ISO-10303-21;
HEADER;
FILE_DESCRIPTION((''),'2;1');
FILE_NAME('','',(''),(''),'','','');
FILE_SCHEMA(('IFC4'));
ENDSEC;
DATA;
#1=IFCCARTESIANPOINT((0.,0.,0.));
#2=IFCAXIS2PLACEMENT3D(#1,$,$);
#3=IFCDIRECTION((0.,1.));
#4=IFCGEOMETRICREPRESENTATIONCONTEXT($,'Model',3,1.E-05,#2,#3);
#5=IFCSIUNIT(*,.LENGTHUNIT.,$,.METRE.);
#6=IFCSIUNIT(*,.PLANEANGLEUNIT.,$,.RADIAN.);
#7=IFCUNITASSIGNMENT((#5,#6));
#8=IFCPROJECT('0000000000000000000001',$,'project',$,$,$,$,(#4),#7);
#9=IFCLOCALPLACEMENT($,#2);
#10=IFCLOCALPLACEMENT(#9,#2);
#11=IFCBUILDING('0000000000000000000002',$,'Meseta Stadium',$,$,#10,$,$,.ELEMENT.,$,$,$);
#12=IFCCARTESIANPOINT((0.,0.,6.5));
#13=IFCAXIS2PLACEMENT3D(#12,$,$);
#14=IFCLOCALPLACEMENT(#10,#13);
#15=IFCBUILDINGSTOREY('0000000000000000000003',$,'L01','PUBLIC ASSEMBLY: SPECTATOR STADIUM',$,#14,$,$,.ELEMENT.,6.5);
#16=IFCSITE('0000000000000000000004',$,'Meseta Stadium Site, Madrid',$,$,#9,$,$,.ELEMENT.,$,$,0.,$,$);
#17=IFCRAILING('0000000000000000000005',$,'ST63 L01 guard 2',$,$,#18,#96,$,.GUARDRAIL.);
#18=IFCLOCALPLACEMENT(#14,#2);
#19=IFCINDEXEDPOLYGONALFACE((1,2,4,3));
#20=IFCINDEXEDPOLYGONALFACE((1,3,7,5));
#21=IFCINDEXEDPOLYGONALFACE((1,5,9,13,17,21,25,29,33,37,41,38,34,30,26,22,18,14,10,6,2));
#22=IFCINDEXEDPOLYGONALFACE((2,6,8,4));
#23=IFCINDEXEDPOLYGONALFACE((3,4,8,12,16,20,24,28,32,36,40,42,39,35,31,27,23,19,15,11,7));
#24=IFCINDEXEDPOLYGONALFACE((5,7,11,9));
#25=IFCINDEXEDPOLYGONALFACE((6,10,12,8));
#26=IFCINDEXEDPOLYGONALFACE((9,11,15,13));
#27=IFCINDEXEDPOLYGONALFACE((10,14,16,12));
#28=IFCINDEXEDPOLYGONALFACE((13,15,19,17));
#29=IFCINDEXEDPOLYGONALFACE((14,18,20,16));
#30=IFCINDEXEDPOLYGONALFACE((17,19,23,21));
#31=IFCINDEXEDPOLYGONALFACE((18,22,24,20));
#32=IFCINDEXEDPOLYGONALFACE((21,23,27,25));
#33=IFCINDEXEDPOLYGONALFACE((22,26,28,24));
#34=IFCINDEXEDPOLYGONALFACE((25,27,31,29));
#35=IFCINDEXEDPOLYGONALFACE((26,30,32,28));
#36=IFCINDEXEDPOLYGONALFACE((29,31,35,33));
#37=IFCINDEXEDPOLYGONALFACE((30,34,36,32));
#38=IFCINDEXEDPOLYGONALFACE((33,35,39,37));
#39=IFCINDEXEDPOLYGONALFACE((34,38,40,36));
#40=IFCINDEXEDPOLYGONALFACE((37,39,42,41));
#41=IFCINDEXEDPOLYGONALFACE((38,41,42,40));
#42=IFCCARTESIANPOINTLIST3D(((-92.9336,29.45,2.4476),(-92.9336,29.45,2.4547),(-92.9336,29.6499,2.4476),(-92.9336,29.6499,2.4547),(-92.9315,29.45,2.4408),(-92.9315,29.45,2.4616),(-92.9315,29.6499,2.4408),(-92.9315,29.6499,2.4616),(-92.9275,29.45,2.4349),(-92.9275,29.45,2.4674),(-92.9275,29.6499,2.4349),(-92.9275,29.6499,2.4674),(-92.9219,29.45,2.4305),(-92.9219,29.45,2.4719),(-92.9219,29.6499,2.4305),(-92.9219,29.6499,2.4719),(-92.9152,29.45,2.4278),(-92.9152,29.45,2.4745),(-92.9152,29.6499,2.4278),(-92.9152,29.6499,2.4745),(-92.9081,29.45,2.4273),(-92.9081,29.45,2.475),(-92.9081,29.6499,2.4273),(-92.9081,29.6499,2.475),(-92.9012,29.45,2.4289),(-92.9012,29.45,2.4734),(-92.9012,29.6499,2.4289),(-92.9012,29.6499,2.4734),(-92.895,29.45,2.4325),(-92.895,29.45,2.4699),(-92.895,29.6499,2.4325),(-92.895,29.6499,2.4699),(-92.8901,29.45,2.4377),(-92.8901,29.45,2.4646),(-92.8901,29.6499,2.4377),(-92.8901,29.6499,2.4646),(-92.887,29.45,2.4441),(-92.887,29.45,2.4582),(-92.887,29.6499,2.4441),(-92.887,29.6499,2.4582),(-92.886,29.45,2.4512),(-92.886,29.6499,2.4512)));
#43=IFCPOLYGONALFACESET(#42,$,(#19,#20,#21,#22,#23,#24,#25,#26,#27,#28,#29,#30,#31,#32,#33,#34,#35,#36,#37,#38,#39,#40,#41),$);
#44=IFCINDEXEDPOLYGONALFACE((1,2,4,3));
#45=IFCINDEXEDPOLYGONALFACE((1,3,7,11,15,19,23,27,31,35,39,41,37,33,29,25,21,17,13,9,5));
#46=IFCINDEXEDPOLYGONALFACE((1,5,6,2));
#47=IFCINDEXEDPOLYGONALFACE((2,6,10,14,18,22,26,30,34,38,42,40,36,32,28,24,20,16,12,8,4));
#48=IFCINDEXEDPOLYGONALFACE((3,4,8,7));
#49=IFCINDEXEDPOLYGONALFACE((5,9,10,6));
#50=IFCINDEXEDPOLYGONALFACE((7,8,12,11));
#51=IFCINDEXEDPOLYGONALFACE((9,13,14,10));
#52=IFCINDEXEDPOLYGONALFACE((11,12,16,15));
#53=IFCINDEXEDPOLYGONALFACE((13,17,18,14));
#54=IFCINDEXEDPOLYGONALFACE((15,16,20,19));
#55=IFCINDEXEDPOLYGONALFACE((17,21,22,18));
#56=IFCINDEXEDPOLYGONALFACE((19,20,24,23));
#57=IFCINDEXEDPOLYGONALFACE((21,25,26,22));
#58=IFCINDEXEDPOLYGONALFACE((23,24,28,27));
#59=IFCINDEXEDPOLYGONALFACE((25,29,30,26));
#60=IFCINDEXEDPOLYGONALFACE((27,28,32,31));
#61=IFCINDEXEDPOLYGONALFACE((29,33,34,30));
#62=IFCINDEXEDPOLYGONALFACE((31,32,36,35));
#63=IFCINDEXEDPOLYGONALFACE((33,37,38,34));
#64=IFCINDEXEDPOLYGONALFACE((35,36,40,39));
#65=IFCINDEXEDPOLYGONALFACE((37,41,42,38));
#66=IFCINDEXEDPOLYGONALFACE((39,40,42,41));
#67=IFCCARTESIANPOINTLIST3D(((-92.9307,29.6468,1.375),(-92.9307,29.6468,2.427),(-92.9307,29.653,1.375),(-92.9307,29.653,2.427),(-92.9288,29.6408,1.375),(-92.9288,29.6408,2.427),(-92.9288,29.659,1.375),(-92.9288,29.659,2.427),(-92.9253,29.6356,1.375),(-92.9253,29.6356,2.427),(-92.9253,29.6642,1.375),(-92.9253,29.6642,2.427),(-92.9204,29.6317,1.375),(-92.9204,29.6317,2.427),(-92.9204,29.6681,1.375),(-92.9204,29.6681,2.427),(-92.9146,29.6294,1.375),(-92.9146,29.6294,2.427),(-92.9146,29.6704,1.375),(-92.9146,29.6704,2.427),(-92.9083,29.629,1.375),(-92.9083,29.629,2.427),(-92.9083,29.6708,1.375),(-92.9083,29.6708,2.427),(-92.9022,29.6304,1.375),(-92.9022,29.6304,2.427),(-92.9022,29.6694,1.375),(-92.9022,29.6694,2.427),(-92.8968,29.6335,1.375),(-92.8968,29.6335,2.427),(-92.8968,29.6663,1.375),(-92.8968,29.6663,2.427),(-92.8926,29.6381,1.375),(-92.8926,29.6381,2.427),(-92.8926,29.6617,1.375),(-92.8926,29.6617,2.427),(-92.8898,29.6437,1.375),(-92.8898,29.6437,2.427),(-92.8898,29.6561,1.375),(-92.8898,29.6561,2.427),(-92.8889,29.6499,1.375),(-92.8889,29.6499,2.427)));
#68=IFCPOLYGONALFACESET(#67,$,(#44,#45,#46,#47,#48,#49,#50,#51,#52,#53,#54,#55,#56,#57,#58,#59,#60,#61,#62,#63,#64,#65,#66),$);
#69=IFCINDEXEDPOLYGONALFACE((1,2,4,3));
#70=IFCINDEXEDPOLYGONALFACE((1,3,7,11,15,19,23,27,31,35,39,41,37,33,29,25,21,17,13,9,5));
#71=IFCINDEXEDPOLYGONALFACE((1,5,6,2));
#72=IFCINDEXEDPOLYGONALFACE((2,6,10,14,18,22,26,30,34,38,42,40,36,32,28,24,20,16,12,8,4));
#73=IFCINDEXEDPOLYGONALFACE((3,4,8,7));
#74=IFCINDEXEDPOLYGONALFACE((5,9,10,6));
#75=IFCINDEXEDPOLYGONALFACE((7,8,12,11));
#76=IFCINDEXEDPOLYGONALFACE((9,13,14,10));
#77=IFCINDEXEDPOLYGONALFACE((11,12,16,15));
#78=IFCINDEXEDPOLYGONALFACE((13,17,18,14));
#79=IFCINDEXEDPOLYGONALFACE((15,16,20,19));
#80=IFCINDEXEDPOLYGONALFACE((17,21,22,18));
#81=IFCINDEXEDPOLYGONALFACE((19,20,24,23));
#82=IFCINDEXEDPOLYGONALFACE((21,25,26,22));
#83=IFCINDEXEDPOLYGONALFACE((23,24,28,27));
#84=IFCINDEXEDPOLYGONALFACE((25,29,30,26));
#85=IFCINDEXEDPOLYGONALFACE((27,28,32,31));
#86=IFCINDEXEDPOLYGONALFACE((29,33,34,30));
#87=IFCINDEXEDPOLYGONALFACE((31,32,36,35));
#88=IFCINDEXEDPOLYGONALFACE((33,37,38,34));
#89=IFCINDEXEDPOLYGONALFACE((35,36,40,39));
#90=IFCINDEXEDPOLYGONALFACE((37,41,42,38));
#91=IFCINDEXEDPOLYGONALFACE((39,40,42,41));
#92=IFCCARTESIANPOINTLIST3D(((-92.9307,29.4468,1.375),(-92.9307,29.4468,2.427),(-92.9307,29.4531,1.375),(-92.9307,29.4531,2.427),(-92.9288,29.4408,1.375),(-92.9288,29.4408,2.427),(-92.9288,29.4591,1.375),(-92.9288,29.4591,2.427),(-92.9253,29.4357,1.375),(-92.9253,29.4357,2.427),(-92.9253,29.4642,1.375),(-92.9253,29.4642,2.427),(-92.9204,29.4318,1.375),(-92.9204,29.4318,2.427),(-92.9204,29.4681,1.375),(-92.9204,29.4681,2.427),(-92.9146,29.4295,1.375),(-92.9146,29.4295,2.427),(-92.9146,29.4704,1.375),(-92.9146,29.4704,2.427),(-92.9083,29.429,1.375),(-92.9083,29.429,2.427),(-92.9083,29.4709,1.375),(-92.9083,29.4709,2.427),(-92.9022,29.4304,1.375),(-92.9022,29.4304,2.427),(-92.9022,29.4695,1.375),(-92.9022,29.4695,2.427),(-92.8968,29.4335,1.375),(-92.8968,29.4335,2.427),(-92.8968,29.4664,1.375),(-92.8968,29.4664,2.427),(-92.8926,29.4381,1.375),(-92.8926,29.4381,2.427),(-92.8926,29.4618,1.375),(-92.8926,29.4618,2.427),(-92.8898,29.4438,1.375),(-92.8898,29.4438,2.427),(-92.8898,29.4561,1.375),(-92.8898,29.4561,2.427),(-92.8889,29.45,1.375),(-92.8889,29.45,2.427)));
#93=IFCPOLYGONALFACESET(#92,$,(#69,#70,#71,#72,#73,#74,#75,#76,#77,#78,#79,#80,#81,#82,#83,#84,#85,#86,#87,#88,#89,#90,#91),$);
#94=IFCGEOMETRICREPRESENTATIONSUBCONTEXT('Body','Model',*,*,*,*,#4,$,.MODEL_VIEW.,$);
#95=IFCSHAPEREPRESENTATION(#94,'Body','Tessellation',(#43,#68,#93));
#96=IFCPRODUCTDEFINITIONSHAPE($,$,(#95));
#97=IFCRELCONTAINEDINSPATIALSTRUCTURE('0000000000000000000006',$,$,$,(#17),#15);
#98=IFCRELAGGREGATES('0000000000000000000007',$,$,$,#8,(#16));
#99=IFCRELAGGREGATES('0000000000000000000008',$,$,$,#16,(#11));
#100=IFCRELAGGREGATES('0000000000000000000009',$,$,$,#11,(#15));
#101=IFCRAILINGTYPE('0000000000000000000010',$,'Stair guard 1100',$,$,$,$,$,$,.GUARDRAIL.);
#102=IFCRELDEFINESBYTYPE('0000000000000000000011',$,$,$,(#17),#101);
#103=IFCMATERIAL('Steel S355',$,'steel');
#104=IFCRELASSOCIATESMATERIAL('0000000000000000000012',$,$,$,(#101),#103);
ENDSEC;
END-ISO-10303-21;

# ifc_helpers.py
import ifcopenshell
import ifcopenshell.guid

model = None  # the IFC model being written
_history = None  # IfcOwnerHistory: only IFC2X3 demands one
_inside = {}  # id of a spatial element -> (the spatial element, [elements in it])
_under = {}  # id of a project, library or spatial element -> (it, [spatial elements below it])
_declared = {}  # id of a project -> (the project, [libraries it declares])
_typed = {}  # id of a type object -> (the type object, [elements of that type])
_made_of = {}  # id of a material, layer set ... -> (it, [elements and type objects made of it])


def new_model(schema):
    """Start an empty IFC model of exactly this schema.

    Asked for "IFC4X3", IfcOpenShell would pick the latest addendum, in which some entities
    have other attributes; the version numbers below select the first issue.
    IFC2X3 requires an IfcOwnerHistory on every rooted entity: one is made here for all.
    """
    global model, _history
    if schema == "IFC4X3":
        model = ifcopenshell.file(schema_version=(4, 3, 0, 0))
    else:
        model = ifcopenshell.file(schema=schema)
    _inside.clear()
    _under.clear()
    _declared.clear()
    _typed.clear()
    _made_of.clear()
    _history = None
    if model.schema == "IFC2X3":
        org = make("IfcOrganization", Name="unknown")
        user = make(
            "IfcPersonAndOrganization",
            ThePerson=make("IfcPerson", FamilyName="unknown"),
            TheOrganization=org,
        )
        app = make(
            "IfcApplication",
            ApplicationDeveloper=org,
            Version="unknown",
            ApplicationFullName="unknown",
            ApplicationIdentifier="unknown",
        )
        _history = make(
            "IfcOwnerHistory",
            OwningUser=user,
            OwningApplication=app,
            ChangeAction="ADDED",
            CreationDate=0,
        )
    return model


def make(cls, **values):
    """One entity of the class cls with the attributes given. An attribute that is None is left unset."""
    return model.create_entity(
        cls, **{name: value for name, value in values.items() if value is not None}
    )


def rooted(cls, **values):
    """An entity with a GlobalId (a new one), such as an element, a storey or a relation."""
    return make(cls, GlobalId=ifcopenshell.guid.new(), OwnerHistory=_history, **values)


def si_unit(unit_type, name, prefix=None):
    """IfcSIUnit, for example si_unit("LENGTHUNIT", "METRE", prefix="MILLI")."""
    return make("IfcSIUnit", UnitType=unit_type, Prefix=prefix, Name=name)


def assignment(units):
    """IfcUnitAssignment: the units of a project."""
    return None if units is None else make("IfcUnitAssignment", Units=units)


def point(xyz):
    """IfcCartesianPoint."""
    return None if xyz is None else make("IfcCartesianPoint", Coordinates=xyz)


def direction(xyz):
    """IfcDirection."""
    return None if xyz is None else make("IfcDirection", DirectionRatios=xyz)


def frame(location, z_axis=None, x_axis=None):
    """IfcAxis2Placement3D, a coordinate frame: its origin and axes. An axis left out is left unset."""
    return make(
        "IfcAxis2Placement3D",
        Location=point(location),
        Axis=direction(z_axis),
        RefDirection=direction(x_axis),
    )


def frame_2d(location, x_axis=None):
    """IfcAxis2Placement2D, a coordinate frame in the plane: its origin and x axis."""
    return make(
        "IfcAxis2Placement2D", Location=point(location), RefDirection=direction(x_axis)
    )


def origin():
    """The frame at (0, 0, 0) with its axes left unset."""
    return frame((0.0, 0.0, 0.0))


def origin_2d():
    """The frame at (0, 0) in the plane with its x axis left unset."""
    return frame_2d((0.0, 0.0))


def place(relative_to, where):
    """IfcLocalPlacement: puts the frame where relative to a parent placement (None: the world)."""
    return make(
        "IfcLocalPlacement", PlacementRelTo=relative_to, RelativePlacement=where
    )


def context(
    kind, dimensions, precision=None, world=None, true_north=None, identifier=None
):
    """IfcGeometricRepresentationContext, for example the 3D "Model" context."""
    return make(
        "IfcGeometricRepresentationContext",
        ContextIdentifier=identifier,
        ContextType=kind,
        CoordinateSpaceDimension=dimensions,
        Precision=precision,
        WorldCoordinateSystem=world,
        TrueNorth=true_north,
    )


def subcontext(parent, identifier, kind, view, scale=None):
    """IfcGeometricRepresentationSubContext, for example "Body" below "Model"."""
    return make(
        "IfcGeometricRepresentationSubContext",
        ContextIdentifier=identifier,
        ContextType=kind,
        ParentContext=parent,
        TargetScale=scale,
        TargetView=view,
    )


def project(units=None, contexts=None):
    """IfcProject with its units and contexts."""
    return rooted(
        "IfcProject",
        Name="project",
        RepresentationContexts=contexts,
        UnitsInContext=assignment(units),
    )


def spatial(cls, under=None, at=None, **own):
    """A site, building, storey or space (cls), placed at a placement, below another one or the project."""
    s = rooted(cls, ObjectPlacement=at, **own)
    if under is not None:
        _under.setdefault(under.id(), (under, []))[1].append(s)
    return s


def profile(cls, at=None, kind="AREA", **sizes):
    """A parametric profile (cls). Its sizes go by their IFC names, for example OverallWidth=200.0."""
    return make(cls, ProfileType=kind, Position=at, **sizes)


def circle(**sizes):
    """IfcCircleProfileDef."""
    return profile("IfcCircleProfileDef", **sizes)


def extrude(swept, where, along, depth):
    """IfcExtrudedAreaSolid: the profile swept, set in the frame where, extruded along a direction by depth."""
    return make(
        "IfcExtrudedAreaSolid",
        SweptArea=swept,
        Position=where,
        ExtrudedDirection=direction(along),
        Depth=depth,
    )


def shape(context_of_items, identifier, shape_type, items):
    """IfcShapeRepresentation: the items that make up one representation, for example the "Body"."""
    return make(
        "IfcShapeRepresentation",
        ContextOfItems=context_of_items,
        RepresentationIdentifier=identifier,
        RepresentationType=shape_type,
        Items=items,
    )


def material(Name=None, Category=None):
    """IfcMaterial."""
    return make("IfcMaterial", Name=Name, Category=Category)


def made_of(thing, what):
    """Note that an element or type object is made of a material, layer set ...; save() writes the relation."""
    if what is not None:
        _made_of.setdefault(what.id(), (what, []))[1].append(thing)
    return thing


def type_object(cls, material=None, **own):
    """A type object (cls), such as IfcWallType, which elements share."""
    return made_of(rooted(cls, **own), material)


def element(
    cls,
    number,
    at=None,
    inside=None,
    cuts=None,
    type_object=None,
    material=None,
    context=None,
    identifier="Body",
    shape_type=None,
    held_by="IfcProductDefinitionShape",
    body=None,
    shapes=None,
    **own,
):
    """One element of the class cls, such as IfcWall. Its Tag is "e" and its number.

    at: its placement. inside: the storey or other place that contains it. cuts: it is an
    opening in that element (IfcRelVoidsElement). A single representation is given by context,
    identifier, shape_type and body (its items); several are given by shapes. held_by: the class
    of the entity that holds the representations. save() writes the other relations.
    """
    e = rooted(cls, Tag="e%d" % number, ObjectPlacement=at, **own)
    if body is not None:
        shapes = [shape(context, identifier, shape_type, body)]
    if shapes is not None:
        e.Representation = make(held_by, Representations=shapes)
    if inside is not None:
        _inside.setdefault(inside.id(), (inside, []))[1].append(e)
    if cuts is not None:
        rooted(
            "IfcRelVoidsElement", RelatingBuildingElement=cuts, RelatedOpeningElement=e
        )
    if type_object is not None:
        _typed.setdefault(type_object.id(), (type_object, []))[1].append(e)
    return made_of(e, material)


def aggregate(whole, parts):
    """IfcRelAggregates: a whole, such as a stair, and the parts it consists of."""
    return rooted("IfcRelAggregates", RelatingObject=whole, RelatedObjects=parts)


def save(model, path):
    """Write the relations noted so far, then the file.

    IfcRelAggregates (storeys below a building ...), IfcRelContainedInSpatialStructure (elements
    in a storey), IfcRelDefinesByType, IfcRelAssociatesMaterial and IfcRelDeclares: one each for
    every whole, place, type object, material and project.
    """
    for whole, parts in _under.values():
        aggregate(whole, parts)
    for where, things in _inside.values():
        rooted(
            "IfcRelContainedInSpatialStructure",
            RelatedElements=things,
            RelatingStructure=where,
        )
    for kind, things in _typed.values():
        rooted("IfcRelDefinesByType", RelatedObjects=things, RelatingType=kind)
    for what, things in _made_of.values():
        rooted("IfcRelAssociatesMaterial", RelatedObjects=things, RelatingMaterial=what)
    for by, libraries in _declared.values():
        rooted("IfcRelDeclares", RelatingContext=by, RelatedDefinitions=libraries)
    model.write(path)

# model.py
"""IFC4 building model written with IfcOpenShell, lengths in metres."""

from ifc_helpers import new_model, si_unit, direction, frame, origin, origin_2d, place, context, subcontext, project, spatial, circle, extrude, material, type_object, element, save


model = new_model("IFC4")

# Units and contexts
model_context = context("Model", 3, precision=1e-05, world=origin(), true_north=direction((0.0, 1.0)))
body_context = subcontext(model_context, "Body", "Model", "MODEL_VIEW")
ifc_project = project(units=[si_unit("LENGTHUNIT", "METRE"), si_unit("PLANEANGLEUNIT", "RADIAN")], contexts=[model_context])

# Site, building, storey
site_placement = place(None, origin())
site = spatial("IfcSite", under=ifc_project, at=site_placement, Name="Meseta Stadium Site, Madrid", CompositionType="ELEMENT", RefElevation=0.0)
building_placement = place(site_placement, origin())
building = spatial("IfcBuilding", under=site, at=building_placement, Name="Meseta Stadium", CompositionType="ELEMENT")
storey_placement = place(building_placement, frame((0.0, 0.0, 6.5)))
storey = spatial("IfcBuildingStorey", under=building, at=storey_placement, Name="L01", Description="PUBLIC ASSEMBLY: SPECTATOR STADIUM", CompositionType="ELEMENT", Elevation=6.5)

# Railing
ifc_material_1 = material(Name="Steel S355", Category="steel")
railing_type_1 = type_object("IfcRailingType", Name="Stair guard 1100", PredefinedType="GUARDRAIL", material=ifc_material_1)
railing_1_placement = place(storey_placement, frame((-92.9099, 29.6499, 1.375)))
element("IfcRailing", 1, at=railing_1_placement, inside=storey, type_object=railing_type_1, Name="ST63 L01 guard 2", PredefinedType="GUARDRAIL", context=body_context, shape_type="SweptSolid", body=[
    extrude(circle(Radius=0.0239, at=origin_2d()), frame((0.0, 0.0, 1.0762), z_axis=(0.0, -1.0, 0.0), x_axis=(1.0, 0.0, 0.0)), (0.0, 0.0, 1.0), 0.2),
    extrude(circle(Radius=0.021, at=origin_2d()), origin(), (0.0, 0.0, 1.0), 1.052),
    extrude(circle(Radius=0.021, at=origin_2d()), frame((0.0, -0.2, 0.0)), (0.0, 0.0, 1.0), 1.052),
])

save(model, "model.ifc")
